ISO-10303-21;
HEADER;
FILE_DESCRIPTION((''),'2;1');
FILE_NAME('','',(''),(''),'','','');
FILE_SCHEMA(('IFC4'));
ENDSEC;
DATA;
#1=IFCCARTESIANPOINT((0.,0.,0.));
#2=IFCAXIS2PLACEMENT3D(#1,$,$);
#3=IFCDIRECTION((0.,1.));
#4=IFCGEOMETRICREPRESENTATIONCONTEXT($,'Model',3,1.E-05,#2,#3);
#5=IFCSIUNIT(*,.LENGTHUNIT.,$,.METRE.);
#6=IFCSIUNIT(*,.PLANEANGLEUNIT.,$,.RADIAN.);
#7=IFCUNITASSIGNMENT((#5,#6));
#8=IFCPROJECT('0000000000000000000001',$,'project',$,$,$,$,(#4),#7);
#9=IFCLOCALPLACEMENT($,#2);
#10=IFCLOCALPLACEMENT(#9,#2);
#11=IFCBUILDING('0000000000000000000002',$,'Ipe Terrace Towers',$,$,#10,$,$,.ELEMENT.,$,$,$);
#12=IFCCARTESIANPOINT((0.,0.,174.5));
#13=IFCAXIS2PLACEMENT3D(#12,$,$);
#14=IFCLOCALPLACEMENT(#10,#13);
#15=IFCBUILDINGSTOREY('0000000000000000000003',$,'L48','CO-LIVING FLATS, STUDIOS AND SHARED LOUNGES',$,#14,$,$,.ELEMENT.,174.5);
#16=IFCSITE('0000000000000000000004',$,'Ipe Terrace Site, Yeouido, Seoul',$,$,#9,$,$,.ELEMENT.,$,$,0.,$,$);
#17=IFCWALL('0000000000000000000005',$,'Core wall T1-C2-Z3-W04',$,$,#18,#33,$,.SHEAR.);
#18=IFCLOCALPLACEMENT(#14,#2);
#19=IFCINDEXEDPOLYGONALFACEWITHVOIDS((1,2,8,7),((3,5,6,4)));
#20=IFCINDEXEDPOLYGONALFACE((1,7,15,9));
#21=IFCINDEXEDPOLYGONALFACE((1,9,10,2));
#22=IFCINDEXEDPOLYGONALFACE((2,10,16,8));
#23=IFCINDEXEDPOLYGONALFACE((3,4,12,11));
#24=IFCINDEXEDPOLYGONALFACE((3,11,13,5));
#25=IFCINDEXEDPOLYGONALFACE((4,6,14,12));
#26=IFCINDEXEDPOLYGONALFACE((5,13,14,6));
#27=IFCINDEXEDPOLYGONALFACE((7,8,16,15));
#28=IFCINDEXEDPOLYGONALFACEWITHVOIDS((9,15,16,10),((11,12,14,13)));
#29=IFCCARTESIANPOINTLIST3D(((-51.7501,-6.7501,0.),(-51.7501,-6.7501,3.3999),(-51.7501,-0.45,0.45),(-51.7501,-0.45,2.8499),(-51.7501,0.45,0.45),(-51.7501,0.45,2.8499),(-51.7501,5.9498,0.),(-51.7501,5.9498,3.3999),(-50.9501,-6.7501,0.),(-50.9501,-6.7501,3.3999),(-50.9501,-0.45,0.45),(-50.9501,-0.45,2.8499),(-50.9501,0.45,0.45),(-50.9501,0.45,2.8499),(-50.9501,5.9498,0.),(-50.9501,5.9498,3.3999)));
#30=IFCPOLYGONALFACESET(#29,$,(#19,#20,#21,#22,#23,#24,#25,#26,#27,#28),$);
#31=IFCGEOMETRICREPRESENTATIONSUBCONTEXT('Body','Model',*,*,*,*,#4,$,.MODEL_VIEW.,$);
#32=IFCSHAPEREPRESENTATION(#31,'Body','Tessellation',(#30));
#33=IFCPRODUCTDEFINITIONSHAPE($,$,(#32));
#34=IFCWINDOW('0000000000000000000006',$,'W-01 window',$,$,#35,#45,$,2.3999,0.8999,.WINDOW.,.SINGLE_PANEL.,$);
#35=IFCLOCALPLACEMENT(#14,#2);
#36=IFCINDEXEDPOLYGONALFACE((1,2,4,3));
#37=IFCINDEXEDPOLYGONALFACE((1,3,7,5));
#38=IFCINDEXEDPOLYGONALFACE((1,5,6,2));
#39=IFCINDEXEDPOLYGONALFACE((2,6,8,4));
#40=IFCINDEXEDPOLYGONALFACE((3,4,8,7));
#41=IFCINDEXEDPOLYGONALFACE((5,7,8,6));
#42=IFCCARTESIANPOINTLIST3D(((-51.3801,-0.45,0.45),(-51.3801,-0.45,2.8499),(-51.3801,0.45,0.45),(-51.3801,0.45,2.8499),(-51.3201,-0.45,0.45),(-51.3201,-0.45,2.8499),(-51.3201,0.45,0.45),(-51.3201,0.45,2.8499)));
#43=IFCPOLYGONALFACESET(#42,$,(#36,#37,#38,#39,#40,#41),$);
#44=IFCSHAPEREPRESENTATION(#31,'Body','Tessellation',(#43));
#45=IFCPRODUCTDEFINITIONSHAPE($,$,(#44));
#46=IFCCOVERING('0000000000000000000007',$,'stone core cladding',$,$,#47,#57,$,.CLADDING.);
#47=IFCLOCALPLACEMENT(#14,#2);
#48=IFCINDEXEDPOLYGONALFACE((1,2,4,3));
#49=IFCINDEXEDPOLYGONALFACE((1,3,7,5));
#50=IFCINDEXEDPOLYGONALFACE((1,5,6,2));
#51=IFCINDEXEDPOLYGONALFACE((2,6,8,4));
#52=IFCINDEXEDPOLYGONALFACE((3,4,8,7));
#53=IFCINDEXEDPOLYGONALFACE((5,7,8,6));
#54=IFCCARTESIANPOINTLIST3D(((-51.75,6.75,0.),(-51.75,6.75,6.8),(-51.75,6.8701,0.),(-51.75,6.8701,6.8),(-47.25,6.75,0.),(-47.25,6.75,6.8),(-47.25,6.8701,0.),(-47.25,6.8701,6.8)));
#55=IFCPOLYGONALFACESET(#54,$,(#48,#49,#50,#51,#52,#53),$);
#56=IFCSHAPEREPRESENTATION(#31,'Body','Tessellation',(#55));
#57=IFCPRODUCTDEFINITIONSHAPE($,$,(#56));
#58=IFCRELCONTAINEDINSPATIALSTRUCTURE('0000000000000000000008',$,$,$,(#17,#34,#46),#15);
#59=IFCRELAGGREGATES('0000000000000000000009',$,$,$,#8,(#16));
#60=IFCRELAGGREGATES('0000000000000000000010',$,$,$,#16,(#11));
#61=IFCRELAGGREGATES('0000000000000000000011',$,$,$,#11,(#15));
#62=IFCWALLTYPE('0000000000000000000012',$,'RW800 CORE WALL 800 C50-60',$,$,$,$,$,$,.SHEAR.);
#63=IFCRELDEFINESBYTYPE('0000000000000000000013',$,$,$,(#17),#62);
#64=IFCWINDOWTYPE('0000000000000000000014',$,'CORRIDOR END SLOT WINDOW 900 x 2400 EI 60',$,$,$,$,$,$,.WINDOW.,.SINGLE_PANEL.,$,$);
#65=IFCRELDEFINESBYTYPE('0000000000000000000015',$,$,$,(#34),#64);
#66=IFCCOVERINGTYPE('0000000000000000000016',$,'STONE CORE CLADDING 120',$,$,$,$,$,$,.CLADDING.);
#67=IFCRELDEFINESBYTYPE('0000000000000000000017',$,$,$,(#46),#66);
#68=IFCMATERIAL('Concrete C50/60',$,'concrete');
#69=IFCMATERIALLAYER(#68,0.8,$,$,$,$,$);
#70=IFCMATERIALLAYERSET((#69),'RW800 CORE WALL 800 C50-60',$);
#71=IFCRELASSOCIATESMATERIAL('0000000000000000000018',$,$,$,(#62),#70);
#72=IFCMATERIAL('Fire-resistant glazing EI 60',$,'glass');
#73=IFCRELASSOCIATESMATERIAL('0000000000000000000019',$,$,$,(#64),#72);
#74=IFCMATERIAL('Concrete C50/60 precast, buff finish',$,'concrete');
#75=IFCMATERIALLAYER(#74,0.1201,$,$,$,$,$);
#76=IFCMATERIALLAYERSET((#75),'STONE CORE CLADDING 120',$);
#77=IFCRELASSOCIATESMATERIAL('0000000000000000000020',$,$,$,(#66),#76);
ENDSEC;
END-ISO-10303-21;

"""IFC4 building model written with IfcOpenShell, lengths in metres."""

from ifc_helpers import new_model, si_unit, direction, frame, frame_2d, origin, origin_2d, place, context, subcontext, project, spatial, rectangle, extrude, material, layer, layer_set, type_object, element, fill, save


model = new_model("IFC4")

# Units and contexts
model_context = context("Model", 3, precision=1e-05, world=origin(), true_north=direction((0.0, 1.0)))
body_context = subcontext(model_context, "Body", "Model", "MODEL_VIEW")
ifc_project = project(units=[si_unit("LENGTHUNIT", "METRE"), si_unit("PLANEANGLEUNIT", "RADIAN")], contexts=[model_context])

# Site, building, storey
site_placement = place(None, origin())
site = spatial("IfcSite", under=ifc_project, at=site_placement, Name="Ipe Terrace Site, Yeouido, Seoul", CompositionType="ELEMENT", RefElevation=0.0)
building_placement = place(site_placement, origin())
building = spatial("IfcBuilding", under=site, at=building_placement, Name="Ipe Terrace Towers", CompositionType="ELEMENT")
storey_placement = place(building_placement, frame((0.0, 0.0, 174.5)))
storey = spatial("IfcBuildingStorey", under=building, at=storey_placement, Name="L48", Description="CO-LIVING FLATS, STUDIOS AND SHARED LOUNGES", CompositionType="ELEMENT", Elevation=174.5)

# Shared definitions
ifc_material_1 = material(Name="Concrete C50/60", Category="concrete")
ifc_layer_1 = layer(ifc_material_1, 0.8)
ifc_layer_set_1 = layer_set([ifc_layer_1], Name="RW800 CORE WALL 800 C50-60")
wall_type_1 = type_object("IfcWallType", Name="RW800 CORE WALL 800 C50-60", PredefinedType="SHEAR", material=ifc_layer_set_1)

# Wall, opening, window
wall_1_placement = place(storey_placement, frame((-51.3501, 5.95, 0.0), z_axis=(0.0, 0.0, 1.0), x_axis=(0.0, -1.0, 0.0)))
wall_1 = element("IfcWall", 1, at=wall_1_placement, inside=storey, type_object=wall_type_1, Name="Core wall T1-C2-Z3-W04", PredefinedType="SHEAR", context=body_context, shape_type="SweptSolid", body=[
    extrude(rectangle(XDim=12.7, YDim=0.8, at=frame_2d((6.3501, 0.0))), origin(), (0.0, 0.0, 1.0), 3.3999),
])
opening_1_placement = place(wall_1_placement, frame((5.5, 0.0, 0.45)))
opening_1 = element("IfcOpeningElement", 2, at=opening_1_placement, cuts=wall_1, PredefinedType="OPENING", context=body_context, shape_type="SweptSolid", body=[
    extrude(rectangle(XDim=0.8999, YDim=2.3999, at=frame_2d((0.45, 1.2))), frame((0.0, 0.4102, 0.0), z_axis=(0.0, -1.0, 0.0), x_axis=(1.0, 0.0, 0.0)), (0.0, 0.0, 1.0), 0.8201),
])
ifc_material_2 = material(Name="Fire-resistant glazing EI 60", Category="glass")
window_type = type_object("IfcWindowType", Name="CORRIDOR END SLOT WINDOW 900 x 2400 EI 60", PartitioningType="SINGLE_PANEL", PredefinedType="WINDOW", material=ifc_material_2)
window_placement = place(opening_1_placement, origin())
window = element("IfcWindow", 3, at=window_placement, inside=storey, type_object=window_type, Name="W-01 window", OverallHeight=2.3999, OverallWidth=0.8999, PartitioningType="SINGLE_PANEL", PredefinedType="WINDOW", context=body_context, shape_type="SweptSolid", body=[
    extrude(rectangle(XDim=0.8999, YDim=2.3999, at=frame_2d((0.45, 1.2))), frame((0.0, 0.03, 0.0), z_axis=(0.0, -1.0, 0.0), x_axis=(1.0, 0.0, 0.0)), (0.0, 0.0, 1.0), 0.0601),
])
fill(opening_1, window)

# Covering
ifc_material_3 = material(Name="Concrete C50/60 precast, buff finish", Category="concrete")
ifc_layer_2 = layer(ifc_material_3, 0.1201)
ifc_layer_set_2 = layer_set([ifc_layer_2], Name="STONE CORE CLADDING 120")
covering_type = type_object("IfcCoveringType", Name="STONE CORE CLADDING 120", PredefinedType="CLADDING", material=ifc_layer_set_2)
covering_placement = place(storey_placement, frame((-49.5, 6.8101, 0.0), z_axis=(0.0, 0.0, 1.0), x_axis=(-1.0, 0.0, 0.0)))
element("IfcCovering", 4, at=covering_placement, inside=storey, type_object=covering_type, Name="stone core cladding", PredefinedType="CLADDING", context=body_context, shape_type="SweptSolid", body=[
    extrude(rectangle(XDim=4.5, YDim=0.1201, at=origin_2d()), origin(), (0.0, 0.0, 1.0), 6.8),
])

save(model, "model.ifc")
